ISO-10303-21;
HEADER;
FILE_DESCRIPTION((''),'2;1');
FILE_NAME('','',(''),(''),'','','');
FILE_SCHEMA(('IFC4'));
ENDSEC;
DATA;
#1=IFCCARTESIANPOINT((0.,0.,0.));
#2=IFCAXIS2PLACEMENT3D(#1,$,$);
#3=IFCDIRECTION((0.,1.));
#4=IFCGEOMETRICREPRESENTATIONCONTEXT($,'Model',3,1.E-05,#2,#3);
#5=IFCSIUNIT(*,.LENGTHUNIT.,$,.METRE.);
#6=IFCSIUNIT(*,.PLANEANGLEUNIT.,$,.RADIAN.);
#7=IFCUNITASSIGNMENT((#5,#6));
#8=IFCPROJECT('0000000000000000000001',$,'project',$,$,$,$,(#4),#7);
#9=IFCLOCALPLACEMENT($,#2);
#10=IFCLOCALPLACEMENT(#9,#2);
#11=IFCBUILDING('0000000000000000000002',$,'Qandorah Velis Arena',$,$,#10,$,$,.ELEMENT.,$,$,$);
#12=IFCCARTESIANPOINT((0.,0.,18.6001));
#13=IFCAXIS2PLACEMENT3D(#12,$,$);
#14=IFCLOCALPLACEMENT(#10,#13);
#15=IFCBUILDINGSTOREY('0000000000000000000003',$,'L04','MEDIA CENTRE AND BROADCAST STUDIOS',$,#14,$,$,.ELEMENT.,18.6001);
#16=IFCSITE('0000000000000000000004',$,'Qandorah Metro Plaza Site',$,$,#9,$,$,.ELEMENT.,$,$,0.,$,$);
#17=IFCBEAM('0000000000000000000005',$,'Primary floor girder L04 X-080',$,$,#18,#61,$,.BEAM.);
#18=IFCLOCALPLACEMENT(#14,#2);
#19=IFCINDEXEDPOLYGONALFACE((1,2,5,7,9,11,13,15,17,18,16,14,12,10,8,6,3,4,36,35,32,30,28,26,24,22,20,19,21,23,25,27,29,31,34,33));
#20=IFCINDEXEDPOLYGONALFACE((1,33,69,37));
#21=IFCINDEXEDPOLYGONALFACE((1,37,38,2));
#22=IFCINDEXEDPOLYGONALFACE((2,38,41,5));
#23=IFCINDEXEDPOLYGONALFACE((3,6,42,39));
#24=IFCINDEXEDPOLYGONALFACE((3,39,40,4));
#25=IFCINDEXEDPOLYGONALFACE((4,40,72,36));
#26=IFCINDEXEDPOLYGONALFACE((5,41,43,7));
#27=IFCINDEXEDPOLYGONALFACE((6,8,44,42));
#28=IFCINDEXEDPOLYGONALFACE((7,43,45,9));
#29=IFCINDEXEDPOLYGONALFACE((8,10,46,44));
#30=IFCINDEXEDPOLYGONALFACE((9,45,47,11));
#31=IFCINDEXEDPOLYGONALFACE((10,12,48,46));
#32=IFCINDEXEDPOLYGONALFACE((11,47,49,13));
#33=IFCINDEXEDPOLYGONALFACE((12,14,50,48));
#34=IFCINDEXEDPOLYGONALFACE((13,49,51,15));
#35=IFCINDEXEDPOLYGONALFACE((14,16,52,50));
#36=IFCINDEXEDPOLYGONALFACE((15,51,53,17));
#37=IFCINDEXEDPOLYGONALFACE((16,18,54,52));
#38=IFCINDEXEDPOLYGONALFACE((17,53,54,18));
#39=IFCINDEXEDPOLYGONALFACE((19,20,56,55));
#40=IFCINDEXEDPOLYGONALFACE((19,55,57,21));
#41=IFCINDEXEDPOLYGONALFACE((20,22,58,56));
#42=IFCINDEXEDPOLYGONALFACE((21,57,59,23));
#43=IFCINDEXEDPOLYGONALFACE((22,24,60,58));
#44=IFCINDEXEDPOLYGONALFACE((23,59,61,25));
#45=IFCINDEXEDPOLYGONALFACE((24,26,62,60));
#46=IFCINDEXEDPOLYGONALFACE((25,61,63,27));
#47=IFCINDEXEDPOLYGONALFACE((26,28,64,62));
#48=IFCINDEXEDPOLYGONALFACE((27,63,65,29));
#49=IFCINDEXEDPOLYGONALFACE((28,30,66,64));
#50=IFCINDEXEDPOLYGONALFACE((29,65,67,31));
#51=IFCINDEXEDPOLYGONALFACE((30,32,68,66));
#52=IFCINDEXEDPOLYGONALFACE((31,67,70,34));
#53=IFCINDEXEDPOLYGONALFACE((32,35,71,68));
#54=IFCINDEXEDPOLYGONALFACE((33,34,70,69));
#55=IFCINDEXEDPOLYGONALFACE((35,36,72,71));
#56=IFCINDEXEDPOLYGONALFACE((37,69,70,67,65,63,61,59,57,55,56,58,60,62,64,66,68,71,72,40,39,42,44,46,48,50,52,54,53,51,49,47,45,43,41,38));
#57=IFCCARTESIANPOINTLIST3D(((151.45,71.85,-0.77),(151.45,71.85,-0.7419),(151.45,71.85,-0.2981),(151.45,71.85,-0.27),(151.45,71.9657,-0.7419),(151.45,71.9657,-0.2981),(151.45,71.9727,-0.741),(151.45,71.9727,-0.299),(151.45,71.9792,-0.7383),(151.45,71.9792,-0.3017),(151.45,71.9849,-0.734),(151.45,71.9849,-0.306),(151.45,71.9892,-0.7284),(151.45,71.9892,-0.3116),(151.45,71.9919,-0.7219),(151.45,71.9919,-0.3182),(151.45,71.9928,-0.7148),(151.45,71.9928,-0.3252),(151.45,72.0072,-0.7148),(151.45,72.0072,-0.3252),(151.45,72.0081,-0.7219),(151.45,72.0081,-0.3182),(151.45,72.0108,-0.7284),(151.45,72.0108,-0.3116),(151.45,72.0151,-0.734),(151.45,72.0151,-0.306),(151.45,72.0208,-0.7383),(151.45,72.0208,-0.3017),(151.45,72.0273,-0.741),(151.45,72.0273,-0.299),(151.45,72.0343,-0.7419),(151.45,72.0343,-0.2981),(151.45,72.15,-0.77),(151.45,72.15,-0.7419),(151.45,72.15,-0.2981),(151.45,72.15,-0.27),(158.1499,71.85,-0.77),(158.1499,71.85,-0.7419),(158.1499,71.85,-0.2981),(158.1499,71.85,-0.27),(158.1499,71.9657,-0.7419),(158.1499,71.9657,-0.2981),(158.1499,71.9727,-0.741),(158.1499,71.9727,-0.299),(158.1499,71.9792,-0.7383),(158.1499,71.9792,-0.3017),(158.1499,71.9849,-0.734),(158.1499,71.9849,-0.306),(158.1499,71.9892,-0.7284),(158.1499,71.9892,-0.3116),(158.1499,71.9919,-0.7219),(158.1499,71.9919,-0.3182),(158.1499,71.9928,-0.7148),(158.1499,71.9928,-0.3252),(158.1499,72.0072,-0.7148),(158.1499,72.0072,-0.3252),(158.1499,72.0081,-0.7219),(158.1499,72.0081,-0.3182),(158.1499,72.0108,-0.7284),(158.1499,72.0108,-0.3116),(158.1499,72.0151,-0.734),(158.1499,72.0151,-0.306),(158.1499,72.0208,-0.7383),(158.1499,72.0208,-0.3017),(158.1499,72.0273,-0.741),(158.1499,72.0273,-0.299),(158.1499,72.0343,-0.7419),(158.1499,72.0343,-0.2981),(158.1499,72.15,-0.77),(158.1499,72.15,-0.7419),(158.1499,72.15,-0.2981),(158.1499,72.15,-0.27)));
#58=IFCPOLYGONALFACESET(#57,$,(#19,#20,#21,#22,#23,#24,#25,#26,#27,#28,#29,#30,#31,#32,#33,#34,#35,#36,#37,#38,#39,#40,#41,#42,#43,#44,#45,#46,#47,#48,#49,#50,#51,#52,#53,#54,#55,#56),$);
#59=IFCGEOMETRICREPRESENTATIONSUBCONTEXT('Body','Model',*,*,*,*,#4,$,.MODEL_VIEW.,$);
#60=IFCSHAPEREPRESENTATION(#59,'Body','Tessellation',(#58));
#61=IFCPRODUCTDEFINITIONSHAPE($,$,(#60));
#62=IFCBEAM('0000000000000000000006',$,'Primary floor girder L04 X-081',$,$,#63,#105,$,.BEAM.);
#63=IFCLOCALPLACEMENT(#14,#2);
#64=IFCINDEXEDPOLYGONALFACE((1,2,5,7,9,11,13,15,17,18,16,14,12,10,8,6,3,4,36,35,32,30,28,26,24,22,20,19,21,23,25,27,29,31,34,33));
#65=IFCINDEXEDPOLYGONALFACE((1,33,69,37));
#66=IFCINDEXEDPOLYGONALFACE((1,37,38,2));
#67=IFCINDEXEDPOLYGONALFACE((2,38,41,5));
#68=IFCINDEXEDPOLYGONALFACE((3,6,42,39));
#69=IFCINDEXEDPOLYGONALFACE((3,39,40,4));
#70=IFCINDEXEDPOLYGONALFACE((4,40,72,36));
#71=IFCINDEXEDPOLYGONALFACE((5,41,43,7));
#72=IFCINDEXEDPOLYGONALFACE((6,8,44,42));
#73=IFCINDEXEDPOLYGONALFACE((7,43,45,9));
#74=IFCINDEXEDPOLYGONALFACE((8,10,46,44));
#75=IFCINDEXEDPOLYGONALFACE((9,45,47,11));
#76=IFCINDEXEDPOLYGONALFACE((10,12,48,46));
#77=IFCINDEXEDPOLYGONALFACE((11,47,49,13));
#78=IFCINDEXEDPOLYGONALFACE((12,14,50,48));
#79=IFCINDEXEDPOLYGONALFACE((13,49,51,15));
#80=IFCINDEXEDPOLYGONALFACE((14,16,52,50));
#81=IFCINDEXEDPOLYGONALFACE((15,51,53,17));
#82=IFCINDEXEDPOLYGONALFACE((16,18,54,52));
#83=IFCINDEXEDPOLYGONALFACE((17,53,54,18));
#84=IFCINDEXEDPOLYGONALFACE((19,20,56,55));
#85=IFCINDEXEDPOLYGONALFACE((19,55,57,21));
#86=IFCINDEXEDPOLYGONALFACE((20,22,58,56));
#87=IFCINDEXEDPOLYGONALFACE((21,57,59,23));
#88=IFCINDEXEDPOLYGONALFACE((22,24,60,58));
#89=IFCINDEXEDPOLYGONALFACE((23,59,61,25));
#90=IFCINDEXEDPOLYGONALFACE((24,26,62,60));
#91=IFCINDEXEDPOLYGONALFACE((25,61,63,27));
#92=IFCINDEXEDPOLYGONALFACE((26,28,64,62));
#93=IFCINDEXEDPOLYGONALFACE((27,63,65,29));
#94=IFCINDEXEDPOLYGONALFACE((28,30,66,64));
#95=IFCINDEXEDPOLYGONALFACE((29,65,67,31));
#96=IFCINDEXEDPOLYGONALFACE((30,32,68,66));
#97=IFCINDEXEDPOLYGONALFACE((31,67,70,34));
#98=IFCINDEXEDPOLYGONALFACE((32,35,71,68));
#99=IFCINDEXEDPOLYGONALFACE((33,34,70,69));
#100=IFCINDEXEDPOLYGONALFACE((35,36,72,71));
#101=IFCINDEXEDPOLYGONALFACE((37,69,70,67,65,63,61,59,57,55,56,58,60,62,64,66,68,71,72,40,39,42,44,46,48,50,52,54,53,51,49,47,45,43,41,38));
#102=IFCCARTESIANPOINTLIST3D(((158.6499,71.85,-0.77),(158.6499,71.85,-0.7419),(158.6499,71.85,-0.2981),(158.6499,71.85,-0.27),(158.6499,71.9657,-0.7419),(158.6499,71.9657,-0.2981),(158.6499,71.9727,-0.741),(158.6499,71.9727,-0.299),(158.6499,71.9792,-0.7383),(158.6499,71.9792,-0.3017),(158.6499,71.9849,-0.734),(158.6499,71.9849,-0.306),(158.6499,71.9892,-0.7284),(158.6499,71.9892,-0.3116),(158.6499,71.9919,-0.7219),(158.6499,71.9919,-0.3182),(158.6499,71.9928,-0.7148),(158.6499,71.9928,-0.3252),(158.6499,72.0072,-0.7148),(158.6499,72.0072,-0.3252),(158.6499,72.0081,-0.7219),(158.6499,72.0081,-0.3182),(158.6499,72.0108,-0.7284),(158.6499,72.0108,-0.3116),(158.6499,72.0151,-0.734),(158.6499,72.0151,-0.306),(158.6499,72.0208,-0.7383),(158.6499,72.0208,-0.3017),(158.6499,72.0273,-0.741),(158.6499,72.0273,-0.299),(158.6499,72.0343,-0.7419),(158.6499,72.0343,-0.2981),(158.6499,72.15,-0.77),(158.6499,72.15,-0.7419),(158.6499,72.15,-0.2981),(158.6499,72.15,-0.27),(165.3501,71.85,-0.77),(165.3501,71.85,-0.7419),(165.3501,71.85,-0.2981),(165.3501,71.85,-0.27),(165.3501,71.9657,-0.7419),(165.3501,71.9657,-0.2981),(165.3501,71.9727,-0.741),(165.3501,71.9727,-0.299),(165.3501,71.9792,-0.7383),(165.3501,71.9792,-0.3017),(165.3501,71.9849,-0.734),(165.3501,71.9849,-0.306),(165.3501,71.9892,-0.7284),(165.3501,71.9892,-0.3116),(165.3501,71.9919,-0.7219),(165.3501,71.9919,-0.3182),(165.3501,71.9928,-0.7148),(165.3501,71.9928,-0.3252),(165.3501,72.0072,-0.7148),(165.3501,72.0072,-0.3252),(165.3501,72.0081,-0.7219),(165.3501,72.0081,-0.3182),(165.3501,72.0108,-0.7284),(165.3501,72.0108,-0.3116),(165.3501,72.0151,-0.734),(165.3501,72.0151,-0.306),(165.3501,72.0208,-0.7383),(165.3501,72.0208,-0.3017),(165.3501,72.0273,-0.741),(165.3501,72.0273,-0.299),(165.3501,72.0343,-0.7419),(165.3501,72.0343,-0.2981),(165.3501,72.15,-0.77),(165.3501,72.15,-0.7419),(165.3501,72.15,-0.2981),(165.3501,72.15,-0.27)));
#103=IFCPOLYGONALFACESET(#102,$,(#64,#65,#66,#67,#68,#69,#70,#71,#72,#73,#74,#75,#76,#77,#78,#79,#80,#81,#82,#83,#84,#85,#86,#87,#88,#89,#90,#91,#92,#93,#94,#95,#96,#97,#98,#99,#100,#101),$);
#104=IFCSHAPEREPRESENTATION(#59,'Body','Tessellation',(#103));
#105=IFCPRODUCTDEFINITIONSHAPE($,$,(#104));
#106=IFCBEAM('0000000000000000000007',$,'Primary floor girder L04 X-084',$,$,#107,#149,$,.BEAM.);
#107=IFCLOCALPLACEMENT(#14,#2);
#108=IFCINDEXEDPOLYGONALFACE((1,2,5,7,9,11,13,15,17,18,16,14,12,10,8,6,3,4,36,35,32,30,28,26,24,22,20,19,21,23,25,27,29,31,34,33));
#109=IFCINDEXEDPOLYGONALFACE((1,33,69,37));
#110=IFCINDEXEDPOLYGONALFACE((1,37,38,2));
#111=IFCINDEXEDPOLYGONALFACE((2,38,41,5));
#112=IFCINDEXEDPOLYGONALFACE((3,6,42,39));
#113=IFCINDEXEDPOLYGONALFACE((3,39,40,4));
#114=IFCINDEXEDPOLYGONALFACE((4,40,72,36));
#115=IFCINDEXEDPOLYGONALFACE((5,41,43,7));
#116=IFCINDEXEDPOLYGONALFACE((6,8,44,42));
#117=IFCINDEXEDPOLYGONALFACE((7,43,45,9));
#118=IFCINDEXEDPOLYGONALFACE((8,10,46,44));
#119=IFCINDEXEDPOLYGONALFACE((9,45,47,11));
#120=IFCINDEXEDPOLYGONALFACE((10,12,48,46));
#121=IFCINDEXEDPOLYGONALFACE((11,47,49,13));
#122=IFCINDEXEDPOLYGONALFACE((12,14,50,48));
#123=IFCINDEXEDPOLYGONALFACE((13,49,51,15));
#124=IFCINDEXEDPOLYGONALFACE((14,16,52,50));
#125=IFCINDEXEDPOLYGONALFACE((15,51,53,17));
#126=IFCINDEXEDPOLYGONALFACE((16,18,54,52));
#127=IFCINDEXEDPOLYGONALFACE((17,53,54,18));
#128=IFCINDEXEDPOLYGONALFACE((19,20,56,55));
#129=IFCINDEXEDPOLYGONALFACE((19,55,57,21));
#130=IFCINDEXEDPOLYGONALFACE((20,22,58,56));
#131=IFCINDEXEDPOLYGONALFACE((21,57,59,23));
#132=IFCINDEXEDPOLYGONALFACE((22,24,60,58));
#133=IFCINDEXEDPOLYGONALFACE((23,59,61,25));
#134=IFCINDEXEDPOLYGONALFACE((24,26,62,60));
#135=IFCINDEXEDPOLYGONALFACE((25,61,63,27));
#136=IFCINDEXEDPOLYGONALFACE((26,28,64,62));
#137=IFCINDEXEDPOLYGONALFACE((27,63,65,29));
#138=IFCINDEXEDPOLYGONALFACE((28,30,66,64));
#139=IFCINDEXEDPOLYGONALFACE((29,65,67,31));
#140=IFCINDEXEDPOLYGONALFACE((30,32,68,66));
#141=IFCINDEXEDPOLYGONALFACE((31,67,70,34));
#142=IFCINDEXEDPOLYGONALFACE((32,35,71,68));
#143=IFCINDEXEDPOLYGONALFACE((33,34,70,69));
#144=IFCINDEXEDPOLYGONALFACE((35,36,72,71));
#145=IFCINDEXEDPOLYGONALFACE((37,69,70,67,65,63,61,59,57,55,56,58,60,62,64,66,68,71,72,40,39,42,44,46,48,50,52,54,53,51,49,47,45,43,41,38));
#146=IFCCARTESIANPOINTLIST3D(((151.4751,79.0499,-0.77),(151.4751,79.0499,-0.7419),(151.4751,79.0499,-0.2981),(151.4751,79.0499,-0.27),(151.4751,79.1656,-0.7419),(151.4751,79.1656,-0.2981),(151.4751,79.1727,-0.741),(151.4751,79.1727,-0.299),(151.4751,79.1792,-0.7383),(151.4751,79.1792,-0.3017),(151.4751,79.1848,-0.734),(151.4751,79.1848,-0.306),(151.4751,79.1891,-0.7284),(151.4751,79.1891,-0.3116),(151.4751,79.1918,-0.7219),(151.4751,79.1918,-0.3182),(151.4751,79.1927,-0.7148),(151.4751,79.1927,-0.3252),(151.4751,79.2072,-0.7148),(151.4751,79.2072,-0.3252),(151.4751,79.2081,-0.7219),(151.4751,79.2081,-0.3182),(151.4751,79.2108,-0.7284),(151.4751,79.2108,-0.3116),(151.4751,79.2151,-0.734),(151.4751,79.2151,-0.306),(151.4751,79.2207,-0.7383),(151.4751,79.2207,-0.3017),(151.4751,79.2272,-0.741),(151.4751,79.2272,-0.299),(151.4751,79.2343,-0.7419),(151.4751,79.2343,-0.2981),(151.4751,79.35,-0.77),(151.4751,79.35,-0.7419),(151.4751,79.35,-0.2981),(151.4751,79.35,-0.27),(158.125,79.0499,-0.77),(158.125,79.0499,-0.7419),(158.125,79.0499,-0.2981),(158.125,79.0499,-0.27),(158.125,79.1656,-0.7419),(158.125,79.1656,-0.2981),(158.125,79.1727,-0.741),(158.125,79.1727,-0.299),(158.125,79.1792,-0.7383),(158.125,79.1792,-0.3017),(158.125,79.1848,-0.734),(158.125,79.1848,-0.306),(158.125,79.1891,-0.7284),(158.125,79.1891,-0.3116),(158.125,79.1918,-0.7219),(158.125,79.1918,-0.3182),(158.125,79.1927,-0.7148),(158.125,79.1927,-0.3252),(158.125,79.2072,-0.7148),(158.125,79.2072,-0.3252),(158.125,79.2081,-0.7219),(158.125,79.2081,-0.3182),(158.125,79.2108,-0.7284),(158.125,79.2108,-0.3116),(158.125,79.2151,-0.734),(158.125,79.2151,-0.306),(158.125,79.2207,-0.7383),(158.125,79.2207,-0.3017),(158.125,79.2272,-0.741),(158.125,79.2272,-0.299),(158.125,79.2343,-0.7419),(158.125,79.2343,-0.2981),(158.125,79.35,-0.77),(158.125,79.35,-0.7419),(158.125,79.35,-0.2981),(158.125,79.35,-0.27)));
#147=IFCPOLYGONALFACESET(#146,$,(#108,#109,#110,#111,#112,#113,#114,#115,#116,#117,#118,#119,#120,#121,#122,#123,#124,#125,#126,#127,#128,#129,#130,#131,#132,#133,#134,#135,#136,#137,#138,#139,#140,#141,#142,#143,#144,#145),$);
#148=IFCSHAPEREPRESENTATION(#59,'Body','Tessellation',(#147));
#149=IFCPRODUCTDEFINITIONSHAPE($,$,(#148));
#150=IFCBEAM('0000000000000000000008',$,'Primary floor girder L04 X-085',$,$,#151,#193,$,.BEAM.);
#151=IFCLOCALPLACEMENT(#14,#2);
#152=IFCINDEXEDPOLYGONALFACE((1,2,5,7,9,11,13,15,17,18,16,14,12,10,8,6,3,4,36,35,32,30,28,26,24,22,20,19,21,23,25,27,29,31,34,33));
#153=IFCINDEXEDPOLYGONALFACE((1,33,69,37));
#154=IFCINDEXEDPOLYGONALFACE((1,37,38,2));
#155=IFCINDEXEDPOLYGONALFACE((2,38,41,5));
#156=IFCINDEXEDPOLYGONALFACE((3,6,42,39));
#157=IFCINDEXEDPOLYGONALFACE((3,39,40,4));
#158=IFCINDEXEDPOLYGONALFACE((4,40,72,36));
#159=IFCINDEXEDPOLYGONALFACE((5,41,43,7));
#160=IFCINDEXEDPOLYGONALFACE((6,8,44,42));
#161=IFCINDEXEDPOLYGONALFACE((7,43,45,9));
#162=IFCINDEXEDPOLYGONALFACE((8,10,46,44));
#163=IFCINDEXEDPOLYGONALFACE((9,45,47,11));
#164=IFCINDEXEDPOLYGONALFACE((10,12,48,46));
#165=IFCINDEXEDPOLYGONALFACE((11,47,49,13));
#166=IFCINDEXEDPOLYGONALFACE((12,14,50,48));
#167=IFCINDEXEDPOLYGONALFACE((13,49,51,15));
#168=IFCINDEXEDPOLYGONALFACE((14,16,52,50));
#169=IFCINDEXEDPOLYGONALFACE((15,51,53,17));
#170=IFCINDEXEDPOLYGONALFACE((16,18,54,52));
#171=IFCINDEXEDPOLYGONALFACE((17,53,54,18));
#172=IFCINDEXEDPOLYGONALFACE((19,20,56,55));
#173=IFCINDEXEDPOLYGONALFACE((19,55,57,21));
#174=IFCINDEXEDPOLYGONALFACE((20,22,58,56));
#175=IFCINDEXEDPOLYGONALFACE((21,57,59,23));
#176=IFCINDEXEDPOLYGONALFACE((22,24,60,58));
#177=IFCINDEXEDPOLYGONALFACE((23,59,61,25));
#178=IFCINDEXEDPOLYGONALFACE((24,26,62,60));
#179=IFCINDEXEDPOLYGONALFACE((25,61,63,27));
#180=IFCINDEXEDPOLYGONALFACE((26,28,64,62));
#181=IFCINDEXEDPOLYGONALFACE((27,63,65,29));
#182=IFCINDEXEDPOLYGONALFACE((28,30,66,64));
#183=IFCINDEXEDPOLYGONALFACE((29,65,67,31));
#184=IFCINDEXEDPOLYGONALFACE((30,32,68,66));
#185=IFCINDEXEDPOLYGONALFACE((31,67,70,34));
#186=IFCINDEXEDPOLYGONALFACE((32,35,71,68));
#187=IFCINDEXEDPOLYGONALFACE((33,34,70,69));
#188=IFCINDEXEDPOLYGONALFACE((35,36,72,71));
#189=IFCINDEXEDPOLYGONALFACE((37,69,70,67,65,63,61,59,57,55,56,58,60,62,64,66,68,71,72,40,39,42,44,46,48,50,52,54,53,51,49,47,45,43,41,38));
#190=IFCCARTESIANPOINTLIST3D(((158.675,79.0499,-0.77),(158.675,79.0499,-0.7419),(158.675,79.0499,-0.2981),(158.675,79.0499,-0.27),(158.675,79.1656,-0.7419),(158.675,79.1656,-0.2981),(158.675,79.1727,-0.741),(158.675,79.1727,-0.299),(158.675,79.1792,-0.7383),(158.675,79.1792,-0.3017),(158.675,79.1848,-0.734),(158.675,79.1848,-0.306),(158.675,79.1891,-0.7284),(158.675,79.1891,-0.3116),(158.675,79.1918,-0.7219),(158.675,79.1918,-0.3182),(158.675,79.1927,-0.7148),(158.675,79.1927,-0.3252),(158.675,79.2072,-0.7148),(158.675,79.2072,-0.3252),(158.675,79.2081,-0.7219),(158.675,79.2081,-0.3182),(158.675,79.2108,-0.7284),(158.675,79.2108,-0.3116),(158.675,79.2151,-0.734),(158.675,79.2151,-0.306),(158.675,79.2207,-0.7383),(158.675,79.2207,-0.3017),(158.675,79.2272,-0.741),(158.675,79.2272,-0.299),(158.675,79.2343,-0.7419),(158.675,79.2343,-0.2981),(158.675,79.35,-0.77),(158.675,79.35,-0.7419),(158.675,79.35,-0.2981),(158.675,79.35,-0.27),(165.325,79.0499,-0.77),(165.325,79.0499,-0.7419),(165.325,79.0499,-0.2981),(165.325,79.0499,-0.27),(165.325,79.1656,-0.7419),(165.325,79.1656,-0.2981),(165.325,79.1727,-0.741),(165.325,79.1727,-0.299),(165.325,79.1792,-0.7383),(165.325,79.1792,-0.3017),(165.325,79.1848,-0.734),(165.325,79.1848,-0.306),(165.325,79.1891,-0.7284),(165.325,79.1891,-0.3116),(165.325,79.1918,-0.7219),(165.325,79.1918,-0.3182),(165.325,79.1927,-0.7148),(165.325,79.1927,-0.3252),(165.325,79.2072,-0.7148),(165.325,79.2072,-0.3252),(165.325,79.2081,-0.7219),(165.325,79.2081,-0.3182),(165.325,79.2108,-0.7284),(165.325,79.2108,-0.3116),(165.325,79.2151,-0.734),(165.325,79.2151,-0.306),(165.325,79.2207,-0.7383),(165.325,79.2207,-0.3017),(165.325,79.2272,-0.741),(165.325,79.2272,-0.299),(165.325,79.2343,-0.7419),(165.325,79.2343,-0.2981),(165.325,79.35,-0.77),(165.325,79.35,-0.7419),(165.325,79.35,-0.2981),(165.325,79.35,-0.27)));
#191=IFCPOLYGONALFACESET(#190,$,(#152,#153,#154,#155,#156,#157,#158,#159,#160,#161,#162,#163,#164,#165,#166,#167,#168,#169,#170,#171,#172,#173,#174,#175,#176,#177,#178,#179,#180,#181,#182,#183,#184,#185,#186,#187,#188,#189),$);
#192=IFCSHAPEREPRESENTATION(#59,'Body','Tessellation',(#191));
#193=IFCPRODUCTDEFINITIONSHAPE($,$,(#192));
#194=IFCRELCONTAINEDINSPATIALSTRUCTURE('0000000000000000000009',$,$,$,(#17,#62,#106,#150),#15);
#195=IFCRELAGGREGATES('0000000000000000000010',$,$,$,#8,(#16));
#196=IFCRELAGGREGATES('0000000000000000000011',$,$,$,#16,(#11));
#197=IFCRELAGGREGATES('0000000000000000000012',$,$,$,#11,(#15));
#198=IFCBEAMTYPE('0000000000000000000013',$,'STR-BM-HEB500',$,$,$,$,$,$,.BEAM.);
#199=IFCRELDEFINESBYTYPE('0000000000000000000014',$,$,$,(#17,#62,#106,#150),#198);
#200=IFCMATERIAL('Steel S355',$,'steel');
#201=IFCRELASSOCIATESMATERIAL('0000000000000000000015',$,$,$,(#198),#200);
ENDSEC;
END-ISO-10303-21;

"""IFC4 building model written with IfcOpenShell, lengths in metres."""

from ifc_helpers import new_model, si_unit, direction, frame, origin, origin_2d, place, context, subcontext, project, spatial, i_section, extrude, material, material_profile, profile_set, type_object, element, save


model = new_model("IFC4")

# Units and contexts
model_context = context("Model", 3, precision=1e-05, world=origin(), true_north=direction((0.0, 1.0)))
body_context = subcontext(model_context, "Body", "Model", "MODEL_VIEW")
ifc_project = project(units=[si_unit("LENGTHUNIT", "METRE"), si_unit("PLANEANGLEUNIT", "RADIAN")], contexts=[model_context])

# Site, building, storey
site_placement = place(None, origin())
site = spatial("IfcSite", under=ifc_project, at=site_placement, Name="Qandorah Metro Plaza Site", CompositionType="ELEMENT", RefElevation=0.0)
building_placement = place(site_placement, origin())
building = spatial("IfcBuilding", under=site, at=building_placement, Name="Qandorah Velis Arena", CompositionType="ELEMENT")
storey_placement = place(building_placement, frame((0.0, 0.0, 18.6001)))
storey = spatial("IfcBuildingStorey", under=building, at=storey_placement, Name="L04", Description="MEDIA CENTRE AND BROADCAST STUDIOS", CompositionType="ELEMENT", Elevation=18.6001)

# Beams
ifc_material_1 = material(Name="Steel S355", Category="steel")
ifc_material_profile_1 = material_profile(ifc_material_1, i_section(OverallWidth=0.3, OverallDepth=0.5, WebThickness=0.0144, FlangeThickness=0.0281, FilletRadius=0.0271, at=origin_2d()), Name="HEB 500")
ifc_profile_set_1 = profile_set([ifc_material_profile_1], Name="Steel S355")
beam_type_1 = type_object("IfcBeamType", Name="STR-BM-HEB500", PredefinedType="BEAM", material=ifc_profile_set_1)
beam_1_placement = place(storey_placement, frame((151.45, 72.0, -0.52), z_axis=(1.0, 0.0, 0.0), x_axis=(0.0, 1.0, 0.0)))
element("IfcBeam", 1, at=beam_1_placement, inside=storey, type_object=beam_type_1, Name="Primary floor girder L04 X-080", PredefinedType="BEAM", context=body_context, shape_type="SweptSolid", body=[
    extrude(i_section(OverallWidth=0.3, OverallDepth=0.5, WebThickness=0.0144, FlangeThickness=0.0281, FilletRadius=0.0271, at=origin_2d()), origin(), (0.0, 0.0, 1.0), 6.7),
])
beam_2_placement = place(storey_placement, frame((158.6499, 72.0, -0.52), z_axis=(1.0, 0.0, 0.0), x_axis=(0.0, 1.0, 0.0)))
element("IfcBeam", 2, at=beam_2_placement, inside=storey, type_object=beam_type_1, Name="Primary floor girder L04 X-081", PredefinedType="BEAM", context=body_context, shape_type="SweptSolid", body=[
    extrude(i_section(OverallWidth=0.3, OverallDepth=0.5, WebThickness=0.0144, FlangeThickness=0.0281, FilletRadius=0.0271, at=origin_2d()), origin(), (0.0, 0.0, 1.0), 6.7002),
])
for number, where, z_axis, x_axis, name in (
    (3, (151.4751, 79.2, -0.52), (1.0, 0.0, 0.0), (0.0, 1.0, 0.0), "Primary floor girder L04 X-084"),
    (4, (158.675, 79.2, -0.52), (1.0, 0.0, 0.0), (0.0, 1.0, 0.0), "Primary floor girder L04 X-085"),
):
    element("IfcBeam", number, at=place(storey_placement, frame(where, z_axis=z_axis, x_axis=x_axis)), inside=storey, type_object=beam_type_1, Name=name, PredefinedType="BEAM", context=body_context, shape_type="SweptSolid", body=[
        extrude(i_section(OverallWidth=0.3, OverallDepth=0.5, WebThickness=0.0144, FlangeThickness=0.0281, FilletRadius=0.0271, at=origin_2d()), origin(), (0.0, 0.0, 1.0), 6.6499),
    ])

save(model, "model.ifc")
